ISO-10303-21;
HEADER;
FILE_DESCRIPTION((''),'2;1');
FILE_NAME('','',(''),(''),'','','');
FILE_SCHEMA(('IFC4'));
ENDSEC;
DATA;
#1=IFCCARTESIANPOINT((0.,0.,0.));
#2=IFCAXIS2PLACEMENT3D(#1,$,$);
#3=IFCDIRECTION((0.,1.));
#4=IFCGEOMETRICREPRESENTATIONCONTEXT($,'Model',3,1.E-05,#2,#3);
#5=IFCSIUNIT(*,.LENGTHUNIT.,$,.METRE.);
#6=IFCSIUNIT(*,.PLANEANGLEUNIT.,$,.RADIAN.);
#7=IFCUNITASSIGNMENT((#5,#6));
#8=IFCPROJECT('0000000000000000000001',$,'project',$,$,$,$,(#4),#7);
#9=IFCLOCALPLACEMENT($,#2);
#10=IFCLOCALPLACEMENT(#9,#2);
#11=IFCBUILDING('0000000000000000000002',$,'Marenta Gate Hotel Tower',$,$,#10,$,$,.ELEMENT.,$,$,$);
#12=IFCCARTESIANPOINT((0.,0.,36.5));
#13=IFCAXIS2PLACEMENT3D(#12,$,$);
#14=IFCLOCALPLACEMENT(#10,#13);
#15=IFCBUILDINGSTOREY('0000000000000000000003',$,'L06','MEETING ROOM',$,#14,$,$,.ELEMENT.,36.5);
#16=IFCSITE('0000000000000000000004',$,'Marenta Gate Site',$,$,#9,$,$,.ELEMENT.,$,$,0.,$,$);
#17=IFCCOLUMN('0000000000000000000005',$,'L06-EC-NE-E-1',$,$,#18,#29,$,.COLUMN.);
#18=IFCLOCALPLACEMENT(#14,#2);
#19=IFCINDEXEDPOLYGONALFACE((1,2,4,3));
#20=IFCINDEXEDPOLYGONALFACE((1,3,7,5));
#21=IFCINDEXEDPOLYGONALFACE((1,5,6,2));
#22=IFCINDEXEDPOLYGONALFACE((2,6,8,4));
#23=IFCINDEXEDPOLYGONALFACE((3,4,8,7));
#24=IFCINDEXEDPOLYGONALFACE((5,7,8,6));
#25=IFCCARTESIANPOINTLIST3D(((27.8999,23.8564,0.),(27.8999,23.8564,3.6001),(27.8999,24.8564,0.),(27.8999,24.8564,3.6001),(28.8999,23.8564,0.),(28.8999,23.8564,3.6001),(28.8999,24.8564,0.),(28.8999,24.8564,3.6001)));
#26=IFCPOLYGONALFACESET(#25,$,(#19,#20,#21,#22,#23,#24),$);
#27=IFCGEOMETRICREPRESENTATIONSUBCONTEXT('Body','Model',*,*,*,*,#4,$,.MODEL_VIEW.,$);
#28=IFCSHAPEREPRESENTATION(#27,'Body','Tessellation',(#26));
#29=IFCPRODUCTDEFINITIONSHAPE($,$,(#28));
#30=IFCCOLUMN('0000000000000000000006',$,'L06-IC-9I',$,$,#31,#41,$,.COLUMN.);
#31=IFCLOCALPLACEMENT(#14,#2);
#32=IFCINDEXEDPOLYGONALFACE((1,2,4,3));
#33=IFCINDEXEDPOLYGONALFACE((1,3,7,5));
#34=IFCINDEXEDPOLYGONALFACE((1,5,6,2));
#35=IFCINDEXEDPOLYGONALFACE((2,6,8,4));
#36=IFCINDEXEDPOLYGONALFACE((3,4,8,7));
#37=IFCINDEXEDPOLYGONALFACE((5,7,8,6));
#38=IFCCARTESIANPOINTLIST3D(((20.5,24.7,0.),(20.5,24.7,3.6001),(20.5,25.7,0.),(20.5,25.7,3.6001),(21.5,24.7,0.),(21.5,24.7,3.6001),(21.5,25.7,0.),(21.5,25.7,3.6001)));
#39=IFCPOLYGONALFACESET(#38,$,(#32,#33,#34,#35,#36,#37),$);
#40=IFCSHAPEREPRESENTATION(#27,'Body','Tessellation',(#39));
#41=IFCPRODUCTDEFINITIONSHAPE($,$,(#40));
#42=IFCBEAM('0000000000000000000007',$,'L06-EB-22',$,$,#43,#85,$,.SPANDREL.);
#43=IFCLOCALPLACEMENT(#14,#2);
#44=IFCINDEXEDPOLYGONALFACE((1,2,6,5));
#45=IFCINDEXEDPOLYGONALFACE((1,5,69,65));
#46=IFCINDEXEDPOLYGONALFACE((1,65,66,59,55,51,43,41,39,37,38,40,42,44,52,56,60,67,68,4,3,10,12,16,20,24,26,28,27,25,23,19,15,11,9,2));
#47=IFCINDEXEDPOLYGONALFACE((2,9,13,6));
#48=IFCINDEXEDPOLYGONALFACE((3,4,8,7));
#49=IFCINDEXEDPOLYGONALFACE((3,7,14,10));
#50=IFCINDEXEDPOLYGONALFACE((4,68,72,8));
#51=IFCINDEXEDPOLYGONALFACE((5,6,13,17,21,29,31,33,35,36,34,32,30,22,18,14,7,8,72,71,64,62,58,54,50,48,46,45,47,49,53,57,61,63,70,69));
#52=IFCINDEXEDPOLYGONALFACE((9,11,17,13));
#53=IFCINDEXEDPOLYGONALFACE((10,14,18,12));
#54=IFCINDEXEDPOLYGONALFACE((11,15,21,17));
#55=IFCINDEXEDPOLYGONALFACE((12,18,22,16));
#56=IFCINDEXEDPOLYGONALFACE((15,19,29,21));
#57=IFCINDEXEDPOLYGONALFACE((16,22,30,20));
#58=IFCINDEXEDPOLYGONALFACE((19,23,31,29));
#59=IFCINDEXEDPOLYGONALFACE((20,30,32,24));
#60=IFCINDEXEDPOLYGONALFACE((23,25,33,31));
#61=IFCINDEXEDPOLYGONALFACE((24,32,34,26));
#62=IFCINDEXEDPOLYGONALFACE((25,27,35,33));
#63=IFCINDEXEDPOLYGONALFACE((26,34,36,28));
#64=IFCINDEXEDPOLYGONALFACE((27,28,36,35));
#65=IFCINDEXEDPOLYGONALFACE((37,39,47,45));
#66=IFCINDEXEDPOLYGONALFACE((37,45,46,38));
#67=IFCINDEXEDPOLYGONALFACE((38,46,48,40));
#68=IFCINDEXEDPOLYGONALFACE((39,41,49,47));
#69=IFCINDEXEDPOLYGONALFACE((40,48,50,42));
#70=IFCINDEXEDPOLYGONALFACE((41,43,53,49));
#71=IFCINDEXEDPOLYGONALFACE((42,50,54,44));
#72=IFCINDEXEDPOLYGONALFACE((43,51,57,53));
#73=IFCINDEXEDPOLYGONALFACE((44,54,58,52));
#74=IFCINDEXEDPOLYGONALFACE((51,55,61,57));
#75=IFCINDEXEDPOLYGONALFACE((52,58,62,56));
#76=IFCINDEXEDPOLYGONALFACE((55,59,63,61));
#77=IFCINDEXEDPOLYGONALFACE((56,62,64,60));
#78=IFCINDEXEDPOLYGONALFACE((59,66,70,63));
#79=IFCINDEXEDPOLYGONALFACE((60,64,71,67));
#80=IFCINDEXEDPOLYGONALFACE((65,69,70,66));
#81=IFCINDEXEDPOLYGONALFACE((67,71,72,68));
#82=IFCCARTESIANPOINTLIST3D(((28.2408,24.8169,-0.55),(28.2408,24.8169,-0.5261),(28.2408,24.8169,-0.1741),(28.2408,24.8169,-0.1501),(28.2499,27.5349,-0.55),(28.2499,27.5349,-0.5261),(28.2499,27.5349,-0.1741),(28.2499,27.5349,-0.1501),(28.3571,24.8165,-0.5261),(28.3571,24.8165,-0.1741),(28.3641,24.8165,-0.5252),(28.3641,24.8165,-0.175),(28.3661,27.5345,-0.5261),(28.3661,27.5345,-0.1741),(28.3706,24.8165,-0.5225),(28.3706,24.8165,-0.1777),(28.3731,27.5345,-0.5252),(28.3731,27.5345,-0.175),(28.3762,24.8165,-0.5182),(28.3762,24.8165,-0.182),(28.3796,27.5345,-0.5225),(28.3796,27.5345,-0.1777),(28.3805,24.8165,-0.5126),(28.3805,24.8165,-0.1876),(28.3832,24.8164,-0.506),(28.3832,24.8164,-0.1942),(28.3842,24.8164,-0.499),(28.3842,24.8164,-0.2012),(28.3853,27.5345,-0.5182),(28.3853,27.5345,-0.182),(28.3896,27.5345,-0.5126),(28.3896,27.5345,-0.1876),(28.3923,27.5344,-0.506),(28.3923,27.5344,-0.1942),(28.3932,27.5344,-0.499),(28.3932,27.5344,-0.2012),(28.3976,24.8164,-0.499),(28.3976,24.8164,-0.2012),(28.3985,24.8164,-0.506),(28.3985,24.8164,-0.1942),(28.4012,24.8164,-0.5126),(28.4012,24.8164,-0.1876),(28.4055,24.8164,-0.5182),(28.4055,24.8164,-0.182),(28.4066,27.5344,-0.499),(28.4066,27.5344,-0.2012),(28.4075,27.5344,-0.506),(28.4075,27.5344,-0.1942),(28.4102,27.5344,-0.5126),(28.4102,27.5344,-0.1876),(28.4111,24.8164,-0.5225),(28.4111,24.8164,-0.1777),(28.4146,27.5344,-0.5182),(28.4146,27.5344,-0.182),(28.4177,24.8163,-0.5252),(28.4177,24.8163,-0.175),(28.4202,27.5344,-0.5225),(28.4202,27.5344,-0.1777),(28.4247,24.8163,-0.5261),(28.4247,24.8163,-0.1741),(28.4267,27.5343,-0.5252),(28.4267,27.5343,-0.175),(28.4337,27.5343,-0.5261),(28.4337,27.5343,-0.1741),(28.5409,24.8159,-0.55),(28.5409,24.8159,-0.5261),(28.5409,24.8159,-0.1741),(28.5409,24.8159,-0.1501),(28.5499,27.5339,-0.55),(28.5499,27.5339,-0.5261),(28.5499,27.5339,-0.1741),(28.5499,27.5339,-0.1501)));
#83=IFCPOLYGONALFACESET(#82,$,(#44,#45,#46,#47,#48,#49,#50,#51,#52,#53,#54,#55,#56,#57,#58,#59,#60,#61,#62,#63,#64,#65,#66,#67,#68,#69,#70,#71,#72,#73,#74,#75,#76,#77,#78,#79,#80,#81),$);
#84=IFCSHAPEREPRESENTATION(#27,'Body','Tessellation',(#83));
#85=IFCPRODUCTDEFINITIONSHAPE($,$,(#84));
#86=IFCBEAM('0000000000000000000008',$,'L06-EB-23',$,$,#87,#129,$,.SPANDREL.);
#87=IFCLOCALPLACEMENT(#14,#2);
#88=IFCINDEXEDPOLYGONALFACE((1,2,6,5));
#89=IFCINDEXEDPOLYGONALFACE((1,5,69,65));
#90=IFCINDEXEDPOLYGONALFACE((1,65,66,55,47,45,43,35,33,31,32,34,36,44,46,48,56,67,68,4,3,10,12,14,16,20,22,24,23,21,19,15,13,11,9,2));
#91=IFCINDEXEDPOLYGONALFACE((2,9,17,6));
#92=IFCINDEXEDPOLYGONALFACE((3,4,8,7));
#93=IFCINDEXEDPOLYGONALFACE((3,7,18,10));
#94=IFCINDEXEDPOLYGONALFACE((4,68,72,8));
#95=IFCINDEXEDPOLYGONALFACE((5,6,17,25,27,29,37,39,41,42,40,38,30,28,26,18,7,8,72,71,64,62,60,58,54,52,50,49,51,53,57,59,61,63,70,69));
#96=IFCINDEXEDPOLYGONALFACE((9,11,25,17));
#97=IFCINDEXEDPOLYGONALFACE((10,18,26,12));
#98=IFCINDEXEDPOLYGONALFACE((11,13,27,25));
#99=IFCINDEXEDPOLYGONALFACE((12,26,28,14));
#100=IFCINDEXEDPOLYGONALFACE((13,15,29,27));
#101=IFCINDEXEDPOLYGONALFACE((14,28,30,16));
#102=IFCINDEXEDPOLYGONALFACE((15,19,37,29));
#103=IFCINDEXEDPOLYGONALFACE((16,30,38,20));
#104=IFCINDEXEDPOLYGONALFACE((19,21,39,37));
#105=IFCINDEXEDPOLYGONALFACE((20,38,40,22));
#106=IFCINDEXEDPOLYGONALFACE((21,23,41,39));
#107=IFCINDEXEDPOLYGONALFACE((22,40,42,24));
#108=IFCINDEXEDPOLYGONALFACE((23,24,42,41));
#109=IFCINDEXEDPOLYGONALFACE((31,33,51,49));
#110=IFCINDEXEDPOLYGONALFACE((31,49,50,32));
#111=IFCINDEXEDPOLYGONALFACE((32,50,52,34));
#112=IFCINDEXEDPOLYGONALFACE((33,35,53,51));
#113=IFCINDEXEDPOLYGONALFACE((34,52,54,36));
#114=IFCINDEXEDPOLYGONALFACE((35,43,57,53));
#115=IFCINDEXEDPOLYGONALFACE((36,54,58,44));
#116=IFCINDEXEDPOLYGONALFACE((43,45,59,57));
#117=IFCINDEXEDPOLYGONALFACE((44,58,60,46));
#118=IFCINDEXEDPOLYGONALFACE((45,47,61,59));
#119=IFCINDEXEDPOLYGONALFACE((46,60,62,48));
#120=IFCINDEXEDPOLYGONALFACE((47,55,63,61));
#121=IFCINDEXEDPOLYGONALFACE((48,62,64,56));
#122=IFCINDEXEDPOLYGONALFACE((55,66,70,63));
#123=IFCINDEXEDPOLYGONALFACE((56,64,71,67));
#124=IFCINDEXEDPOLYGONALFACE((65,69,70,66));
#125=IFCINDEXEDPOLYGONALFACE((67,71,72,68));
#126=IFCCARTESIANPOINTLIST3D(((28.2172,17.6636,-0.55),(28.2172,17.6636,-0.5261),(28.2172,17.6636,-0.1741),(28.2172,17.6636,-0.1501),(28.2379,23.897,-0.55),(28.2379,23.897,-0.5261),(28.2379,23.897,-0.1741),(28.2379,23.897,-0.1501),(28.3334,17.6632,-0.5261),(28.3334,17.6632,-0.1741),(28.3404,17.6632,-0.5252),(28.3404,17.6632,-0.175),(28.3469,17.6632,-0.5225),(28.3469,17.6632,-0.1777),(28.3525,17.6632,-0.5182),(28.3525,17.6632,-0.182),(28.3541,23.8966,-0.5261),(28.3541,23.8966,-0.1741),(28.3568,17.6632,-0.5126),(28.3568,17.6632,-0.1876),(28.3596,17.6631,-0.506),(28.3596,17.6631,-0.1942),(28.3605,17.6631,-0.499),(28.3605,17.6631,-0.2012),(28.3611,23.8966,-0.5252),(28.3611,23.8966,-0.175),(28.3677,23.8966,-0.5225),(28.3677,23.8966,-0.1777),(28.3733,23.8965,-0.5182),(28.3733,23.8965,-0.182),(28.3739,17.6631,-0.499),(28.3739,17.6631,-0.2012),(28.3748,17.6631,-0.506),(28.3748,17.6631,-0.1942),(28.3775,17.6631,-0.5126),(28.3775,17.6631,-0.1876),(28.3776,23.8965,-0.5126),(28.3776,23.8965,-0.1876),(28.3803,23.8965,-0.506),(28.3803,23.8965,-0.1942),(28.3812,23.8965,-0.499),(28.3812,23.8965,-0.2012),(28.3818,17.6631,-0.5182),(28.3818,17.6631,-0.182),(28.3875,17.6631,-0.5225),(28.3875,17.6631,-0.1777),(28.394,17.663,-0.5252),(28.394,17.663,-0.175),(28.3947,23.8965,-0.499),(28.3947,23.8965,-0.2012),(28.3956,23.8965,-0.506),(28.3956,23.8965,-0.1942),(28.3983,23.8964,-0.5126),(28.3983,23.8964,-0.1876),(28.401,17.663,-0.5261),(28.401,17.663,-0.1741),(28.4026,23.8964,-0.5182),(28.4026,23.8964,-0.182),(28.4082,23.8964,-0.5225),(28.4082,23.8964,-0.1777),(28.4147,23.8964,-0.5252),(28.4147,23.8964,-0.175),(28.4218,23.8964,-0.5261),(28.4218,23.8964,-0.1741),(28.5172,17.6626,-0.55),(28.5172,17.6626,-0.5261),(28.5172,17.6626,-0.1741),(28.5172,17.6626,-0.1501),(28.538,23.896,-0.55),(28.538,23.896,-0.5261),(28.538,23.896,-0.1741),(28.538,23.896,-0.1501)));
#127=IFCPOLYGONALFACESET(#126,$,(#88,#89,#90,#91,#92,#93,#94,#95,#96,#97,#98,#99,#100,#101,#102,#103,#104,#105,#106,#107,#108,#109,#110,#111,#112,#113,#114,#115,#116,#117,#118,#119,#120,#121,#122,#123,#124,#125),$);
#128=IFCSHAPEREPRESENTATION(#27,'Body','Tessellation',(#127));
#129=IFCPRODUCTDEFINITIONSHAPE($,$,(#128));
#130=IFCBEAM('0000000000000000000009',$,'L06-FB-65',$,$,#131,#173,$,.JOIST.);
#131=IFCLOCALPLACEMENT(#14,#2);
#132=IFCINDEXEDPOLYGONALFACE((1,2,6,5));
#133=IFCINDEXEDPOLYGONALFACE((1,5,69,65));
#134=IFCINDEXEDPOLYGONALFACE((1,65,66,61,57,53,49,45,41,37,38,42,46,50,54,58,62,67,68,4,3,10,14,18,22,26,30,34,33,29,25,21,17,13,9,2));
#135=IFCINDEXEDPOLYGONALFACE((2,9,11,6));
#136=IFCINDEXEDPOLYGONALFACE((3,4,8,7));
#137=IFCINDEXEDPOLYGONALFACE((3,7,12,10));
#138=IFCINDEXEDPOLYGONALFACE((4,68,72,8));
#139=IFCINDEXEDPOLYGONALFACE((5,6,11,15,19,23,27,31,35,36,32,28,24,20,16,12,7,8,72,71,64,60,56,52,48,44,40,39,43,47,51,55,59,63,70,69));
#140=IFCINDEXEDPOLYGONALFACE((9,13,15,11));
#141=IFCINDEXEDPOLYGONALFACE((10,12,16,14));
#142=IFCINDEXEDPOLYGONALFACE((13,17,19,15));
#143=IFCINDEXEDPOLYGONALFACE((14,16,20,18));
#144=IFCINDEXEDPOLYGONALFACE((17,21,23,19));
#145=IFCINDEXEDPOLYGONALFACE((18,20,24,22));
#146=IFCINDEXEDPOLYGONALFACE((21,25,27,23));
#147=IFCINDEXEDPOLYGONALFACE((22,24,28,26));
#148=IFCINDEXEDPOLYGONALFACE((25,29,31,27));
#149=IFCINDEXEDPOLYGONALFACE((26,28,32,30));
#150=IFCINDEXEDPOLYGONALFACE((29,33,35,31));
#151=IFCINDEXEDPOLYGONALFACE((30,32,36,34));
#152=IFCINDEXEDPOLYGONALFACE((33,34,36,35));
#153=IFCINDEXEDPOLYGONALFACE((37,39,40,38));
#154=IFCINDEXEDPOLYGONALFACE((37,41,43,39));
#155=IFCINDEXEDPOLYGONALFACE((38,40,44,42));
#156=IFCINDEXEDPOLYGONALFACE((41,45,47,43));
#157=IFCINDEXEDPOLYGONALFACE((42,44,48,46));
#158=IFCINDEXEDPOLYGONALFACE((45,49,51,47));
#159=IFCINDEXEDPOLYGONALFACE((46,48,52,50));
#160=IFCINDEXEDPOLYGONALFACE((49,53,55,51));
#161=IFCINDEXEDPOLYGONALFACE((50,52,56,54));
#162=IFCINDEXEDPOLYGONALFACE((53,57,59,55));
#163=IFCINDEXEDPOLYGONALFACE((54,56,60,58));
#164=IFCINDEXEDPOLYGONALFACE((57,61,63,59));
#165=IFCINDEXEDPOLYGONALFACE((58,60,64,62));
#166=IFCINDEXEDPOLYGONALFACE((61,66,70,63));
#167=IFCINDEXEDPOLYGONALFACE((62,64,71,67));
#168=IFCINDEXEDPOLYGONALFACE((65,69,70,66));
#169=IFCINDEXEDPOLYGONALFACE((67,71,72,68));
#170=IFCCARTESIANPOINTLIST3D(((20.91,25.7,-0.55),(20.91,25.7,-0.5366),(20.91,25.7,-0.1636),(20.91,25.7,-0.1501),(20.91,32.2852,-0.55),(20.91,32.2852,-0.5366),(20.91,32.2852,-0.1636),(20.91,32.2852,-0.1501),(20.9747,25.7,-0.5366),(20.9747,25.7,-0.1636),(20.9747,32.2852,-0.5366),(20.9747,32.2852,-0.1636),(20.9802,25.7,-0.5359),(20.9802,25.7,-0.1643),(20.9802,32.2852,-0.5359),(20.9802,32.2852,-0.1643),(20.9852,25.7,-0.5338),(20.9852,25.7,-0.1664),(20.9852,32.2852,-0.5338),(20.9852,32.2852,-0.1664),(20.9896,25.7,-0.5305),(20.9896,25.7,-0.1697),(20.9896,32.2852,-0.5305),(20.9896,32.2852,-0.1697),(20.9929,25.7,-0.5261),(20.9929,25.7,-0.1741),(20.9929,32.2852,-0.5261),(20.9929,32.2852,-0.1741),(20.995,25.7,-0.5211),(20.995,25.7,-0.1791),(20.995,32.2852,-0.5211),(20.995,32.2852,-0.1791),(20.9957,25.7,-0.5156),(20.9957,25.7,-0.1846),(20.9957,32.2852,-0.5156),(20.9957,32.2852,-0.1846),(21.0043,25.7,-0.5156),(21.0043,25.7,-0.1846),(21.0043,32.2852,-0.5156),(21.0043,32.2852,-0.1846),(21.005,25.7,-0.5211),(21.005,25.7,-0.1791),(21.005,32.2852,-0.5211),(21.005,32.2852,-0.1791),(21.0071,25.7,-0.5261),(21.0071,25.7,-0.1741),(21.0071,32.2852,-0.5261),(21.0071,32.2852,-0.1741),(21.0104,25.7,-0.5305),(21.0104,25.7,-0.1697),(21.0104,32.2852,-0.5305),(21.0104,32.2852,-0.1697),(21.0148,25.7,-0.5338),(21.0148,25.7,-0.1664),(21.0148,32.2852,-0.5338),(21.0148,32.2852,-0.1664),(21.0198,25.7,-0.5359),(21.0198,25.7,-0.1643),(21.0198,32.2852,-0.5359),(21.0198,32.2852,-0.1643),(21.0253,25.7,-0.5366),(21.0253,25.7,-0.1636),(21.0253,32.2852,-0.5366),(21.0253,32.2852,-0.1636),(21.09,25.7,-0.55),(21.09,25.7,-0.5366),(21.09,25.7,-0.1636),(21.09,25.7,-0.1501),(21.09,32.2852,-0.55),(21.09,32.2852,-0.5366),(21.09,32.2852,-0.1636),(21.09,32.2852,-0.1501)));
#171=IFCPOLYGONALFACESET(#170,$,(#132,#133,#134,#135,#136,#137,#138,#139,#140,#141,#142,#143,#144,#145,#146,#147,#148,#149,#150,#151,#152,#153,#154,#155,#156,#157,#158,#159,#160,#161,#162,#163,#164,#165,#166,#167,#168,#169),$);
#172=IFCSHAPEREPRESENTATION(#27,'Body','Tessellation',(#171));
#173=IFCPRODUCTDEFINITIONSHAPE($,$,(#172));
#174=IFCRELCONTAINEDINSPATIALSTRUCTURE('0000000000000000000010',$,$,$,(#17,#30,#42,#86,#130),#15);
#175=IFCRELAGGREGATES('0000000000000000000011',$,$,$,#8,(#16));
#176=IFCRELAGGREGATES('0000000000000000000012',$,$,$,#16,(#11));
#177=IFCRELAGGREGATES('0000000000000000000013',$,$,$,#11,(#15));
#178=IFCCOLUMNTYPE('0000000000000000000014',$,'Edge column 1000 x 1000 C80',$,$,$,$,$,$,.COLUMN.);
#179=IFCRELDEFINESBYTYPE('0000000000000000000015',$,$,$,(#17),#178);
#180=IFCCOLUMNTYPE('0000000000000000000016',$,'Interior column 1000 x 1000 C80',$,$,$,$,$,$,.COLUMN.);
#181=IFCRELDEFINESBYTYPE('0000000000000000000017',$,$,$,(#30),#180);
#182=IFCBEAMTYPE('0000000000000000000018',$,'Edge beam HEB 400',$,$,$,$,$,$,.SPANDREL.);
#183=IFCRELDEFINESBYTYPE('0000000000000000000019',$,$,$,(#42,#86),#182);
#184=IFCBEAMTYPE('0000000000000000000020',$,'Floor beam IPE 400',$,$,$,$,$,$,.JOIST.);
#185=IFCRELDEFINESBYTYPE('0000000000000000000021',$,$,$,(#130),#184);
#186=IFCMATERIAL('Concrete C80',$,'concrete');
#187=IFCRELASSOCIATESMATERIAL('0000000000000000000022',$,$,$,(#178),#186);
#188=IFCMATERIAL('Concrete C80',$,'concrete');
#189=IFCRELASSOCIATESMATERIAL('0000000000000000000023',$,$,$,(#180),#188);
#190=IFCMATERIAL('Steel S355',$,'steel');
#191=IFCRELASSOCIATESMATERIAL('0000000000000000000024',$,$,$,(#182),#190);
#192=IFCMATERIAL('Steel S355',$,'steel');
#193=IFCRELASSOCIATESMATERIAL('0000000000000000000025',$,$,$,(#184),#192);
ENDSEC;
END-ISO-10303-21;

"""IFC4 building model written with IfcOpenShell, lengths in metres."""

from ifc_helpers import new_model, si_unit, direction, frame, origin, origin_2d, place, context, subcontext, project, spatial, rectangle, i_section, extrude, material, material_profile, profile_set, type_object, element, save


model = new_model("IFC4")

# Units and contexts
model_context = context("Model", 3, precision=1e-05, world=origin(), true_north=direction((0.0, 1.0)))
body_context = subcontext(model_context, "Body", "Model", "MODEL_VIEW")
ifc_project = project(units=[si_unit("LENGTHUNIT", "METRE"), si_unit("PLANEANGLEUNIT", "RADIAN")], contexts=[model_context])

# Site, building, storey
site_placement = place(None, origin())
site = spatial("IfcSite", under=ifc_project, at=site_placement, Name="Marenta Gate Site", CompositionType="ELEMENT", RefElevation=0.0)
building_placement = place(site_placement, origin())
building = spatial("IfcBuilding", under=site, at=building_placement, Name="Marenta Gate Hotel Tower", CompositionType="ELEMENT")
storey_placement = place(building_placement, frame((0.0, 0.0, 36.5)))
storey = spatial("IfcBuildingStorey", under=building, at=storey_placement, Name="L06", Description="MEETING ROOM", CompositionType="ELEMENT", Elevation=36.5)

# Columns
ifc_material_1 = material(Name="Concrete C80", Category="concrete")
ifc_material_profile_1 = material_profile(ifc_material_1, rectangle(XDim=1.0, YDim=1.0, at=origin_2d()), Name="1000 x 1000")
ifc_profile_set_1 = profile_set([ifc_material_profile_1], Name="Concrete C80")
column_type_1 = type_object("IfcColumnType", Name="Edge column 1000 x 1000 C80", PredefinedType="COLUMN", material=ifc_profile_set_1)
column_1_placement = place(storey_placement, frame((28.3999, 24.3564, 0.0), z_axis=(0.0, 0.0, 1.0), x_axis=(1.0, 0.0, 0.0)))
element("IfcColumn", 1, at=column_1_placement, inside=storey, type_object=column_type_1, Name="L06-EC-NE-E-1", PredefinedType="COLUMN", context=body_context, shape_type="SweptSolid", body=[
    extrude(rectangle(XDim=1.0, YDim=1.0, at=origin_2d()), origin(), (0.0, 0.0, 1.0), 3.6001),
])
ifc_material_2 = material(Name="Concrete C80", Category="concrete")
ifc_material_profile_2 = material_profile(ifc_material_2, rectangle(XDim=1.0, YDim=1.0, at=origin_2d()), Name="1000 x 1000")
ifc_profile_set_2 = profile_set([ifc_material_profile_2], Name="Concrete C80")
column_type_2 = type_object("IfcColumnType", Name="Interior column 1000 x 1000 C80", PredefinedType="COLUMN", material=ifc_profile_set_2)
column_2_placement = place(storey_placement, frame((21.0, 25.2, 0.0), z_axis=(0.0, 0.0, 1.0), x_axis=(1.0, 0.0, 0.0)))
element("IfcColumn", 2, at=column_2_placement, inside=storey, type_object=column_type_2, Name="L06-IC-9I", PredefinedType="COLUMN", context=body_context, shape_type="SweptSolid", body=[
    extrude(rectangle(XDim=1.0, YDim=1.0, at=origin_2d()), origin(), (0.0, 0.0, 1.0), 3.6001),
])

# Beams
ifc_material_3 = material(Name="Steel S355", Category="steel")
ifc_material_profile_3 = material_profile(ifc_material_3, i_section(OverallWidth=0.3, OverallDepth=0.3999, WebThickness=0.0134, FlangeThickness=0.0239, FilletRadius=0.0271, at=origin_2d()), Name="HEB 400")
ifc_profile_set_3 = profile_set([ifc_material_profile_3], Name="Steel S355")
beam_type_1 = type_object("IfcBeamType", Name="Edge beam HEB 400", PredefinedType="SPANDREL", material=ifc_profile_set_3)
beam_1_placement = place(storey_placement, frame((28.3999, 27.5344, -0.3501), z_axis=(-0.003323, -0.999994, 0.0), x_axis=(0.999994, -0.003323, 0.0)))
element("IfcBeam", 3, at=beam_1_placement, inside=storey, type_object=beam_type_1, Name="L06-EB-22", PredefinedType="SPANDREL", context=body_context, shape_type="SweptSolid", body=[
    extrude(i_section(OverallWidth=0.3, OverallDepth=0.3999, WebThickness=0.0134, FlangeThickness=0.0239, FilletRadius=0.0271, at=origin_2d()), origin(), (0.0, 0.0, 1.0), 2.718),
])
beam_2_placement = place(storey_placement, frame((28.3879, 23.8965, -0.3501), z_axis=(-0.003329, -0.999994, 0.0), x_axis=(0.999994, -0.003329, 0.0)))
element("IfcBeam", 4, at=beam_2_placement, inside=storey, type_object=beam_type_1, Name="L06-EB-23", PredefinedType="SPANDREL", context=body_context, shape_type="SweptSolid", body=[
    extrude(i_section(OverallWidth=0.3, OverallDepth=0.3999, WebThickness=0.0134, FlangeThickness=0.0239, FilletRadius=0.0271, at=origin_2d()), origin(), (0.0, 0.0, 1.0), 6.2334),
])
ifc_material_4 = material(Name="Steel S355", Category="steel")
ifc_material_profile_4 = material_profile(ifc_material_4, i_section(OverallWidth=0.1799, OverallDepth=0.3999, WebThickness=0.0085, FlangeThickness=0.0134, FilletRadius=0.021, at=origin_2d()), Name="IPE 400")
ifc_profile_set_4 = profile_set([ifc_material_profile_4], Name="Steel S355")
beam_type_2 = type_object("IfcBeamType", Name="Floor beam IPE 400", PredefinedType="JOIST", material=ifc_profile_set_4)
beam_3_placement = place(storey_placement, frame((21.0, 25.7, -0.3501), z_axis=(0.0, 1.0, 0.0), x_axis=(-1.0, 0.0, 0.0)))
element("IfcBeam", 5, at=beam_3_placement, inside=storey, type_object=beam_type_2, Name="L06-FB-65", PredefinedType="JOIST", context=body_context, shape_type="SweptSolid", body=[
    extrude(i_section(OverallWidth=0.1799, OverallDepth=0.3999, WebThickness=0.0085, FlangeThickness=0.0134, FilletRadius=0.021, at=origin_2d()), origin(), (0.0, 0.0, 1.0), 6.5852),
])

save(model, "model.ifc")
